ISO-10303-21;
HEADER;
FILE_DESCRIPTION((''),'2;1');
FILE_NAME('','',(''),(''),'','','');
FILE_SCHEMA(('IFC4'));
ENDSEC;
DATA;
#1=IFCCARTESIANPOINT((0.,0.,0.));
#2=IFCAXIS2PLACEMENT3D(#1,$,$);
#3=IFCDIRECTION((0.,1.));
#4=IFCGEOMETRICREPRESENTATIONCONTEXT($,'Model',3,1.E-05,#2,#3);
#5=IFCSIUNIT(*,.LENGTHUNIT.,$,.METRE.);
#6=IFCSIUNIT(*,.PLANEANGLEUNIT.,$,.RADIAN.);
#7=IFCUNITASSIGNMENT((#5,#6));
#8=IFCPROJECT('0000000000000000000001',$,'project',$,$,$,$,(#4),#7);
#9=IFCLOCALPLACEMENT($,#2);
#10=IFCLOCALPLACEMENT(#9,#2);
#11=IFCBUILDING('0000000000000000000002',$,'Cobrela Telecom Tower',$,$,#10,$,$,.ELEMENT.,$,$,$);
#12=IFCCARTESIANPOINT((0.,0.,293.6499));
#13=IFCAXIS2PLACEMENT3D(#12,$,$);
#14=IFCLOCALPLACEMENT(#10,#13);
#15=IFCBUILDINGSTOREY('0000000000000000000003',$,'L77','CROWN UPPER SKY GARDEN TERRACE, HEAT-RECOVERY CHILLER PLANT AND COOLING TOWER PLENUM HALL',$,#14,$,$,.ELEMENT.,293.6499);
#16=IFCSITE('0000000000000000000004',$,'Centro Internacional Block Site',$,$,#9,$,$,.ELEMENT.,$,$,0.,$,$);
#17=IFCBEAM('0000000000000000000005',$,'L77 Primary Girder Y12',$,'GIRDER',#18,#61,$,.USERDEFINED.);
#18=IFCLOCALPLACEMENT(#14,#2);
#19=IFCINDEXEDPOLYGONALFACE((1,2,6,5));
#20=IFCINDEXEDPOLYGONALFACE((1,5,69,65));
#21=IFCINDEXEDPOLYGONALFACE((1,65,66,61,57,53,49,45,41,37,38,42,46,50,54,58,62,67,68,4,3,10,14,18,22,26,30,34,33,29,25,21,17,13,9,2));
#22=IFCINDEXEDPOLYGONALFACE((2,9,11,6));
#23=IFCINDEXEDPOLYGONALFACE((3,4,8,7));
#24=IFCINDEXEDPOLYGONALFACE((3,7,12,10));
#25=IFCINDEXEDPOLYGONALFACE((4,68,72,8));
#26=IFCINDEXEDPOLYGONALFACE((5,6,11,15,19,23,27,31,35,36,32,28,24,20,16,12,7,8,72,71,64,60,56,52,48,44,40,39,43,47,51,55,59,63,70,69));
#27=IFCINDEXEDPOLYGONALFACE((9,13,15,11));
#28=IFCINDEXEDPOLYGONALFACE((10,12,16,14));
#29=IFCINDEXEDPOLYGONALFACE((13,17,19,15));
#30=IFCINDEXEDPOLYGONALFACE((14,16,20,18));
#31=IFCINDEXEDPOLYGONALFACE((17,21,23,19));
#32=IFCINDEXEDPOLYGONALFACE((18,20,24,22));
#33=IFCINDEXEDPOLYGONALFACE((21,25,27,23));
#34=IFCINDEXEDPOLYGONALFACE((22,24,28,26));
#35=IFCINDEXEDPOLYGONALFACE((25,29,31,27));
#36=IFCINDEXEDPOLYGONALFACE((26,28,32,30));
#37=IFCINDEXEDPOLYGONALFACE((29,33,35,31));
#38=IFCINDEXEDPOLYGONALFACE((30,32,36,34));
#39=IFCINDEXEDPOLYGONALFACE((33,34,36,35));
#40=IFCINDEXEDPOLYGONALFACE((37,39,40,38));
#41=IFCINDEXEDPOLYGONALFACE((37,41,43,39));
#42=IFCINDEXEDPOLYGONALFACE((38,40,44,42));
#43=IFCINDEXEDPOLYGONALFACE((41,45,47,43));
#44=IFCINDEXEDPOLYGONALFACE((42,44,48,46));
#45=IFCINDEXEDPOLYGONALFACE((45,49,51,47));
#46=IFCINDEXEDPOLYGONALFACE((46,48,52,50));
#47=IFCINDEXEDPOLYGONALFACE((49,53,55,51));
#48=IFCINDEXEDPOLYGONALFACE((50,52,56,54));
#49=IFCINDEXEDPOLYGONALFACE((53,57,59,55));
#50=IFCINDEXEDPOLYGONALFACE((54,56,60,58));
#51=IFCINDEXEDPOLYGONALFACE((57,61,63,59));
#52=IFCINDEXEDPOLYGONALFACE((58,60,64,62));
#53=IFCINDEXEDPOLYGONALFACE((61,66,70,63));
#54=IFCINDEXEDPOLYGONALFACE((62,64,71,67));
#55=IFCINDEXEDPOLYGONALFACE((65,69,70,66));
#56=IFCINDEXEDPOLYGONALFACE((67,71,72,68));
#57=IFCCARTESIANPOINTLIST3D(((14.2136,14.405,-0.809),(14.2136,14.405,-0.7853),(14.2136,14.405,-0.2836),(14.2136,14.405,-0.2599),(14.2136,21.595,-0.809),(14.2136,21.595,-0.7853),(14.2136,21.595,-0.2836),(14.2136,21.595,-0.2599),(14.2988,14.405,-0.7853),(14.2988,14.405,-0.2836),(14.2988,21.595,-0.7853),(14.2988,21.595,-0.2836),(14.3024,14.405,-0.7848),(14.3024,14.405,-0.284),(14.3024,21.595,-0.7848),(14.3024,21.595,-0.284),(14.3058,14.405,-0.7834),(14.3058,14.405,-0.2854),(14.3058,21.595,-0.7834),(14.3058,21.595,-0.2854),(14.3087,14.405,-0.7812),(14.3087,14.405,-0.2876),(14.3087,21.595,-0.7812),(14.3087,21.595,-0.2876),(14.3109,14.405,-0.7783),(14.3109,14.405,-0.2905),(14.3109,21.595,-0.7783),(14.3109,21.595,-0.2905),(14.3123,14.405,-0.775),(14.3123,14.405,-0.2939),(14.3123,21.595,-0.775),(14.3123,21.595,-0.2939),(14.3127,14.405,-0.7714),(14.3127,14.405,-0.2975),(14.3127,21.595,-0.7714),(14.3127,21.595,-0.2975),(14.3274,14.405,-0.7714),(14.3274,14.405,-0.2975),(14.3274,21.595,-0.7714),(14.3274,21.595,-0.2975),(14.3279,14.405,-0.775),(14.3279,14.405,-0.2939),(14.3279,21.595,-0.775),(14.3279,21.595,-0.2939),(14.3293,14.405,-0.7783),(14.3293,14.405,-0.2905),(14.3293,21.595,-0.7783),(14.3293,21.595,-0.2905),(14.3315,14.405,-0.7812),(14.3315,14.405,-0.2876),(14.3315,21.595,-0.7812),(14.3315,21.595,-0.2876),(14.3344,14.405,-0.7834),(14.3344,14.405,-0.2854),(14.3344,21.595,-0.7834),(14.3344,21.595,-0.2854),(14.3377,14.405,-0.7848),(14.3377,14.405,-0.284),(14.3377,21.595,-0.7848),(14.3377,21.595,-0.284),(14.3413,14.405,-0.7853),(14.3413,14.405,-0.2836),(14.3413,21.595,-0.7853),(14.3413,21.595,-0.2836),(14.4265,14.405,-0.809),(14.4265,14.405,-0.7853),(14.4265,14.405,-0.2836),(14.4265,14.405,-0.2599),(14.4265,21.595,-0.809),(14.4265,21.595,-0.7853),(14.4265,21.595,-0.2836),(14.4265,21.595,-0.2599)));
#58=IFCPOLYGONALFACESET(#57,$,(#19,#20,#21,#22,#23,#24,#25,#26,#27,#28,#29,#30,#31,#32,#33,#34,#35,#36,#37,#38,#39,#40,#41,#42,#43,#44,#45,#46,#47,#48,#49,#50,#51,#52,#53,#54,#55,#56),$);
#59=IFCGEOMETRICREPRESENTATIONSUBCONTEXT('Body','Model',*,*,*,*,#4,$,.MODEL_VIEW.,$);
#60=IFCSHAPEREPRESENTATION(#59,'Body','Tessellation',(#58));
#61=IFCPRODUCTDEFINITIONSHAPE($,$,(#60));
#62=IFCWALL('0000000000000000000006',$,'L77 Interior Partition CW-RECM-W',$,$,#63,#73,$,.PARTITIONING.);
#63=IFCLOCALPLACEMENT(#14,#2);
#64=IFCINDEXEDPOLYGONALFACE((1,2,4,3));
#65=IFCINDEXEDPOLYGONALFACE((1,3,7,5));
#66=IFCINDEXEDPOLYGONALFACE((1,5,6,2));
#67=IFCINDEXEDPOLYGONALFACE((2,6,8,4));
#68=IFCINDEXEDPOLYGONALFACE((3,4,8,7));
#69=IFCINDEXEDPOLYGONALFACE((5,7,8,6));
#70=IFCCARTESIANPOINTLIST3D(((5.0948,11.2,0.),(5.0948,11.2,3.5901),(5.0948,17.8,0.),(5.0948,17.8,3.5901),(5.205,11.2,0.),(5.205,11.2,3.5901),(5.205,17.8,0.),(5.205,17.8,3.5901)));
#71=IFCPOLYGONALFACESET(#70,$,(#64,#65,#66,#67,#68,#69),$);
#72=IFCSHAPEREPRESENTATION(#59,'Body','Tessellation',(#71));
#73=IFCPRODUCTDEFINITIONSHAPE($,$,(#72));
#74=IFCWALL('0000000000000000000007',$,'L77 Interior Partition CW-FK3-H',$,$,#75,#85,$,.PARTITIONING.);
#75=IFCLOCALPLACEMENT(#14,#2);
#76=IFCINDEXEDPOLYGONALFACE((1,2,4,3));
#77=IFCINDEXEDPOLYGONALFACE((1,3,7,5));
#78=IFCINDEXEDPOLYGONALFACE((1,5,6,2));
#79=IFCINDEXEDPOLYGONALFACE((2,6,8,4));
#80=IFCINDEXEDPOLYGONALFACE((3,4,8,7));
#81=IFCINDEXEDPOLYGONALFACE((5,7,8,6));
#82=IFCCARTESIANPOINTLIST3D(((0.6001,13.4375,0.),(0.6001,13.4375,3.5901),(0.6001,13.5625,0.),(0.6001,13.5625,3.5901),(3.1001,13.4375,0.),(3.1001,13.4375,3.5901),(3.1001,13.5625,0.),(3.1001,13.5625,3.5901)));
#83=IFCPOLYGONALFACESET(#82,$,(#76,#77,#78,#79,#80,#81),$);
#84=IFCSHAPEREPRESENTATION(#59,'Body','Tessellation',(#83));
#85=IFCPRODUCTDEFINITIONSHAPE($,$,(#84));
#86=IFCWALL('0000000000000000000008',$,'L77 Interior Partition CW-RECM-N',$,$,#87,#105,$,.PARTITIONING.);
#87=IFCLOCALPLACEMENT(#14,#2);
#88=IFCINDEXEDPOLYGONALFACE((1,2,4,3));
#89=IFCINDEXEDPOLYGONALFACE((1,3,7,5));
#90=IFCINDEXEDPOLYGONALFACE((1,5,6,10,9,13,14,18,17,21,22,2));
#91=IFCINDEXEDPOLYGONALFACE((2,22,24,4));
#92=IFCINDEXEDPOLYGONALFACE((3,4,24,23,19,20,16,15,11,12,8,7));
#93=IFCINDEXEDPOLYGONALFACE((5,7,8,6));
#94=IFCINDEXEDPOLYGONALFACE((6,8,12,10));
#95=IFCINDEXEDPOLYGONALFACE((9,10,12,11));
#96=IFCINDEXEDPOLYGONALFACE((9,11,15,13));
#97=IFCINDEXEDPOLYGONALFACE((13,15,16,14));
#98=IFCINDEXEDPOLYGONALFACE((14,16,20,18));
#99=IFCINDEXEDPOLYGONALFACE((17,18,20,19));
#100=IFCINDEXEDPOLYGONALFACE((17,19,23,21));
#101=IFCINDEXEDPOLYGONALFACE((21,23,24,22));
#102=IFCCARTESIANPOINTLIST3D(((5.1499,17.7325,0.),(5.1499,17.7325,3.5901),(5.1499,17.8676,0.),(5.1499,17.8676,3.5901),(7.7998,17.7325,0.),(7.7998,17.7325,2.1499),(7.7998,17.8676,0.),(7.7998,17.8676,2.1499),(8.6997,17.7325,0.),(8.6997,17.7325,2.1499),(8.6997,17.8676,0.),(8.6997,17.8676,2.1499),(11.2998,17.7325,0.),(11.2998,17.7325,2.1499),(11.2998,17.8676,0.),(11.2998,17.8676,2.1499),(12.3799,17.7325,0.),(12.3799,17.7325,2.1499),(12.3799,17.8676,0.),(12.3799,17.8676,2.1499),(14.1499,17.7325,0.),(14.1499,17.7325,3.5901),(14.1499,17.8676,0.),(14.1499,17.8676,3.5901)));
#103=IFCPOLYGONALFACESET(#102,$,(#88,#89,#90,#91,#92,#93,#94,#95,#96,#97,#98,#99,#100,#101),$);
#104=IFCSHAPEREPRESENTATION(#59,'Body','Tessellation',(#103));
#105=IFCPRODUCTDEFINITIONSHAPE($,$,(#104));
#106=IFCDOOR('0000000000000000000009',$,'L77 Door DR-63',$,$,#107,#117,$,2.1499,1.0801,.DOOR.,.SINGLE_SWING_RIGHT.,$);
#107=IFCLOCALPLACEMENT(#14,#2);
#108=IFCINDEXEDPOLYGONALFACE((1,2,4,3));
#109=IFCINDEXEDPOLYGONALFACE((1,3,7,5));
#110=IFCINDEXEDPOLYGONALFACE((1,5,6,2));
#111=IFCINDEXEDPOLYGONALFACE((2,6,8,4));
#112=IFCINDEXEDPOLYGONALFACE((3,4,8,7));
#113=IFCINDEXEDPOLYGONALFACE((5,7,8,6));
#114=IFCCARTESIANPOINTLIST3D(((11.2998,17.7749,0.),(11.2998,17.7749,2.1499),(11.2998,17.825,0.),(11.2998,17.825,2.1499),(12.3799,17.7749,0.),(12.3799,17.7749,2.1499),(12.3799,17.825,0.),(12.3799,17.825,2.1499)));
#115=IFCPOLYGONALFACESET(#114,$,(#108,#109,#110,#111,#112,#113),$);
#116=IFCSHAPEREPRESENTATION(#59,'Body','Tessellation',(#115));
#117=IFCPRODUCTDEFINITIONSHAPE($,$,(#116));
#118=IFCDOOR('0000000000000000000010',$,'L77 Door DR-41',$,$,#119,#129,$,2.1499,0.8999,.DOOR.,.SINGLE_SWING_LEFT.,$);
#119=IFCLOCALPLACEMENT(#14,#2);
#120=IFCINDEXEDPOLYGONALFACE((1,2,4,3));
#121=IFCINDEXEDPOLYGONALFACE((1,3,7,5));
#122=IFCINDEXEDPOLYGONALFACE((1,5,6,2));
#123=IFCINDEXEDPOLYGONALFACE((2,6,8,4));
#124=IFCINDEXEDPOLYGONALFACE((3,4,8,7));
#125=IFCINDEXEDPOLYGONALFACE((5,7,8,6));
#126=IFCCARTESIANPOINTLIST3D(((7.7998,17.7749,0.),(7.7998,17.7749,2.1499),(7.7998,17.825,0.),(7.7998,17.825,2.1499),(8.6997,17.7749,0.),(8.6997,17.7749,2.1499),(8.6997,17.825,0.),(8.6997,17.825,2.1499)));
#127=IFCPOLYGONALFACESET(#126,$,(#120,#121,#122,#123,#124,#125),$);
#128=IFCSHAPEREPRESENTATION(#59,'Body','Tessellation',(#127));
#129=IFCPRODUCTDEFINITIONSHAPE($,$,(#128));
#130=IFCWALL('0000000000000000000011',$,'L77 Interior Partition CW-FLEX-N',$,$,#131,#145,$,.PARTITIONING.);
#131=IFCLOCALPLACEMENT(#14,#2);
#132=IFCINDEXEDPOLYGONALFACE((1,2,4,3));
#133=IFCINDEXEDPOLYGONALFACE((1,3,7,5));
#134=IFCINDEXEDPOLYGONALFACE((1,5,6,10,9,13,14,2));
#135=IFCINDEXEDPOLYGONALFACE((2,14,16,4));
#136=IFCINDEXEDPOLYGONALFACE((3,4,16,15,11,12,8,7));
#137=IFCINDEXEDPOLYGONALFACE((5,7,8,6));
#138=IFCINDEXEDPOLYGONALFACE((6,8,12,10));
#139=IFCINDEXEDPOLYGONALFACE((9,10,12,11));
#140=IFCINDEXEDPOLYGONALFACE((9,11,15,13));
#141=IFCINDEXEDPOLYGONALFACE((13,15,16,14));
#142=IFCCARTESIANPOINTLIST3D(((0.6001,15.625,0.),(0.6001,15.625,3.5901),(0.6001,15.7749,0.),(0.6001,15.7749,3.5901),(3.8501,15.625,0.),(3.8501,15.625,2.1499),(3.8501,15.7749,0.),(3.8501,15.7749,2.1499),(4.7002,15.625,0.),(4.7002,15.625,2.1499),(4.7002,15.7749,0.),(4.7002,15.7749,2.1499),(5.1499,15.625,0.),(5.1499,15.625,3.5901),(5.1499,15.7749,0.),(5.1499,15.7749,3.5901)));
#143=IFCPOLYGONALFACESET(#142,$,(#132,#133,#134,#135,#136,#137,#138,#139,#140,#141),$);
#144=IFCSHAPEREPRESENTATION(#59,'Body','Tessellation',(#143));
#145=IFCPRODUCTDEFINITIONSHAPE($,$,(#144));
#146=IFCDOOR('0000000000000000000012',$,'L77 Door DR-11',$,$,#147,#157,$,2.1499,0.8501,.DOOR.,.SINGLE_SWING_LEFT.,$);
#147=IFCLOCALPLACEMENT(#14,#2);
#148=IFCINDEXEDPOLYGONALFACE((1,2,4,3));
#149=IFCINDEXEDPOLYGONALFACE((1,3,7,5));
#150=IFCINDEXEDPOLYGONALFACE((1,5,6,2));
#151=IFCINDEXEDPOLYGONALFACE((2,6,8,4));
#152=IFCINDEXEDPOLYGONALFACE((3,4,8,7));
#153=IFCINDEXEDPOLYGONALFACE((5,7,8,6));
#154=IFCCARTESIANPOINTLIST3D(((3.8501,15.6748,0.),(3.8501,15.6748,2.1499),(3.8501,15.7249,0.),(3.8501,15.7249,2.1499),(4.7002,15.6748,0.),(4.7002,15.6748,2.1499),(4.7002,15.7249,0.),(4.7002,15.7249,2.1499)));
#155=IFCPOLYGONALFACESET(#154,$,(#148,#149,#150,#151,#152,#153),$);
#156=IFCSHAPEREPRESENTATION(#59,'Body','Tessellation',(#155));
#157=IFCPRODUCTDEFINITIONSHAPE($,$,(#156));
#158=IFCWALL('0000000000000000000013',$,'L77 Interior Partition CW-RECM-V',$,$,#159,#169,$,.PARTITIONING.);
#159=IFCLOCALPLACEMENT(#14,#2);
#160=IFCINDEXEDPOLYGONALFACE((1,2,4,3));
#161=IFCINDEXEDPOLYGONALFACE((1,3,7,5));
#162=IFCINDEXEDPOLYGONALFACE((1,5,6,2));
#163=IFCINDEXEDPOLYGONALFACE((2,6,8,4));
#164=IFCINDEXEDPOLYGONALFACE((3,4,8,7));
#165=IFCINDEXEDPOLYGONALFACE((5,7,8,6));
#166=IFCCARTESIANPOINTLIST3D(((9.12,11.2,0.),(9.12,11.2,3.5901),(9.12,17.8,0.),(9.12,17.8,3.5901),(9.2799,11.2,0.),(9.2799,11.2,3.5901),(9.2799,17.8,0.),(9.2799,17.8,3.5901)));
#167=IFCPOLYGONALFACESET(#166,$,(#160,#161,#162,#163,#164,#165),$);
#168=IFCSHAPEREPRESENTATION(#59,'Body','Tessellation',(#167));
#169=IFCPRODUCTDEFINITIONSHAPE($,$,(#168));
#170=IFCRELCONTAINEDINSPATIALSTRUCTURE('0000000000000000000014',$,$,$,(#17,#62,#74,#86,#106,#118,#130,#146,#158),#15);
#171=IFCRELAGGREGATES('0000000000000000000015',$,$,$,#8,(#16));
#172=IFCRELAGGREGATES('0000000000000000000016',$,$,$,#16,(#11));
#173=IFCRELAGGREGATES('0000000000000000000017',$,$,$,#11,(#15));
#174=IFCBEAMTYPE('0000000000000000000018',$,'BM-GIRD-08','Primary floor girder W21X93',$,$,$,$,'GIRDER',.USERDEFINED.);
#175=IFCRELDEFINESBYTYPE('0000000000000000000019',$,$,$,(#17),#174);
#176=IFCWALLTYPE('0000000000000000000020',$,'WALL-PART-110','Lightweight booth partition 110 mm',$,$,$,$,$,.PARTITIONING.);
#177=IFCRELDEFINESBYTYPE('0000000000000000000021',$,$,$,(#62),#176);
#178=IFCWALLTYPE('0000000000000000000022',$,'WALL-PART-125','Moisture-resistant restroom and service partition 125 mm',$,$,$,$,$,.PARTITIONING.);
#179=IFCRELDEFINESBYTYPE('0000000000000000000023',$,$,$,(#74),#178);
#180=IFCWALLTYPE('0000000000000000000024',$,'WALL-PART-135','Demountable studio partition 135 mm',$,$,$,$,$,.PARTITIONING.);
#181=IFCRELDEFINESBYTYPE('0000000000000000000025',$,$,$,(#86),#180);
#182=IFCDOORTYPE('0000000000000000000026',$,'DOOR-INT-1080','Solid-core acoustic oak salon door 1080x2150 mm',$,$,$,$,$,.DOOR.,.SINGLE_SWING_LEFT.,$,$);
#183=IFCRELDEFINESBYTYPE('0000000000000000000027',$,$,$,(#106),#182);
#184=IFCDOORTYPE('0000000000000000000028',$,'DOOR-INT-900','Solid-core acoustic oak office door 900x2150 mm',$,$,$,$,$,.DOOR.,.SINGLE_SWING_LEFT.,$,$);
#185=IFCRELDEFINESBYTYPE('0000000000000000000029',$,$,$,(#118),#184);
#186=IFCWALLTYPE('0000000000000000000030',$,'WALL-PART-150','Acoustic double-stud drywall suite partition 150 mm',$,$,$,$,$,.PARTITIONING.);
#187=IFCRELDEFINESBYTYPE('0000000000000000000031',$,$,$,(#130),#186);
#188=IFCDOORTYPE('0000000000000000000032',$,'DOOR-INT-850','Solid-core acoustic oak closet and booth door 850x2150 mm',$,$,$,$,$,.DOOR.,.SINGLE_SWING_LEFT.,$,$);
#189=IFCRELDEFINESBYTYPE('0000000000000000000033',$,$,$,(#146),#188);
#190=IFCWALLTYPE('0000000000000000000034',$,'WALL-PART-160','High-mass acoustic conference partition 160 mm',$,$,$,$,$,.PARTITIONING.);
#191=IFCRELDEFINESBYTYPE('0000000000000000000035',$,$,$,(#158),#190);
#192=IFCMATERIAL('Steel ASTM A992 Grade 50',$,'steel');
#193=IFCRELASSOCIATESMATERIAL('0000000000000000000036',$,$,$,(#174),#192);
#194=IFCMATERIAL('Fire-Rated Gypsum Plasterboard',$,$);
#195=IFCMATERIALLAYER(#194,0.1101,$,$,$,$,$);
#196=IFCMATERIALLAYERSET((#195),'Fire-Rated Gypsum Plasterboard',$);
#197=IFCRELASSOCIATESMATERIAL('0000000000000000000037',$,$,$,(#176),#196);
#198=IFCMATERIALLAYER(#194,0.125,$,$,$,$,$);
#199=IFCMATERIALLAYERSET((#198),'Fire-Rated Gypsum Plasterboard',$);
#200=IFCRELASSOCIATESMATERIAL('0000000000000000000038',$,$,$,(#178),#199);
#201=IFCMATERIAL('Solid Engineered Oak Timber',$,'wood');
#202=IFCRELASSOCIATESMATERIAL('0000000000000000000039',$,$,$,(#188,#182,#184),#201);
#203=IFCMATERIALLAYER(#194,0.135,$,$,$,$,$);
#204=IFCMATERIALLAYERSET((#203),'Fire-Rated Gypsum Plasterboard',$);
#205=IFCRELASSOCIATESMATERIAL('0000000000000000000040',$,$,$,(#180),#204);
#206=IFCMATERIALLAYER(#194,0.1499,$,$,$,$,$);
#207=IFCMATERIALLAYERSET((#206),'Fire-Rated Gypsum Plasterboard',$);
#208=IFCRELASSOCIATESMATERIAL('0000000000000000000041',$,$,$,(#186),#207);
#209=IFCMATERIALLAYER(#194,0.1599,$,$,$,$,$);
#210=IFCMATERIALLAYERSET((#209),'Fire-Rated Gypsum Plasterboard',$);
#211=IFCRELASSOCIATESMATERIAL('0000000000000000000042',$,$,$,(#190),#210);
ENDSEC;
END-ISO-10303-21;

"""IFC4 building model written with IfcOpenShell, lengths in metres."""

from ifc_helpers import new_model, si_unit, direction, frame, frame_2d, origin, origin_2d, place, context, subcontext, project, spatial, rectangle, i_section, extrude, material, layer, layer_set, material_profile, profile_set, type_object, element, fill, save


model = new_model("IFC4")

# Units and contexts
model_context = context("Model", 3, precision=1e-05, world=origin(), true_north=direction((0.0, 1.0)))
body_context = subcontext(model_context, "Body", "Model", "MODEL_VIEW")
ifc_project = project(units=[si_unit("LENGTHUNIT", "METRE"), si_unit("PLANEANGLEUNIT", "RADIAN")], contexts=[model_context])

# Site, building, storey
site_placement = place(None, origin())
site = spatial("IfcSite", under=ifc_project, at=site_placement, Name="Centro Internacional Block Site", CompositionType="ELEMENT", RefElevation=0.0)
building_placement = place(site_placement, origin())
building = spatial("IfcBuilding", under=site, at=building_placement, Name="Cobrela Telecom Tower", CompositionType="ELEMENT")
storey_placement = place(building_placement, frame((0.0, 0.0, 293.6499)))
storey = spatial("IfcBuildingStorey", under=building, at=storey_placement, Name="L77", Description="CROWN UPPER SKY GARDEN TERRACE, HEAT-RECOVERY CHILLER PLANT AND COOLING TOWER PLENUM HALL", CompositionType="ELEMENT", Elevation=293.6499)

# Beam
ifc_material_1 = material(Name="Steel ASTM A992 Grade 50", Category="steel")
ifc_material_profile = material_profile(ifc_material_1, i_section(OverallWidth=0.2129, OverallDepth=0.5491, WebThickness=0.0146, FlangeThickness=0.0237, FilletRadius=0.0139, at=origin_2d()), Name="W21X93")
ifc_profile_set = profile_set([ifc_material_profile], Name="Steel ASTM A992 Grade 50")
beam_type = type_object("IfcBeamType", Name="BM-GIRD-08", Description="Primary floor girder W21X93", ElementType="GIRDER", PredefinedType="USERDEFINED", material=ifc_profile_set)
beam_placement = place(storey_placement, frame((14.3201, 14.405, -0.5344), z_axis=(0.0, 1.0, 0.0), x_axis=(-1.0, 0.0, 0.0)))
element("IfcBeam", 1, at=beam_placement, inside=storey, type_object=beam_type, Name="L77 Primary Girder Y12", ObjectType="GIRDER", PredefinedType="USERDEFINED", context=body_context, shape_type="SweptSolid", body=[
    extrude(i_section(OverallWidth=0.2129, OverallDepth=0.5491, WebThickness=0.0146, FlangeThickness=0.0237, FilletRadius=0.0139, at=origin_2d()), origin(), (0.0, 0.0, 1.0), 7.1899),
])

# Walls
ifc_material_2 = material(Name="Fire-Rated Gypsum Plasterboard")
ifc_layer_1 = layer(ifc_material_2, 0.1101)
ifc_layer_set_1 = layer_set([ifc_layer_1], Name="Fire-Rated Gypsum Plasterboard")
wall_type_1 = type_object("IfcWallType", Name="WALL-PART-110", Description="Lightweight booth partition 110 mm", PredefinedType="PARTITIONING", material=ifc_layer_set_1)
wall_1_placement = place(storey_placement, frame((5.1499, 11.2, 0.0), z_axis=(0.0, 0.0, 1.0), x_axis=(0.0, 1.0, 0.0)))
element("IfcWall", 2, at=wall_1_placement, inside=storey, type_object=wall_type_1, Name="L77 Interior Partition CW-RECM-W", PredefinedType="PARTITIONING", context=body_context, shape_type="SweptSolid", body=[
    extrude(rectangle(XDim=6.6001, YDim=0.1101, at=frame_2d((3.3, 0.0))), origin(), (0.0, 0.0, 1.0), 3.5901),
])
ifc_layer_2 = layer(ifc_material_2, 0.125)
ifc_layer_set_2 = layer_set([ifc_layer_2], Name="Fire-Rated Gypsum Plasterboard")
wall_type_2 = type_object("IfcWallType", Name="WALL-PART-125", Description="Moisture-resistant restroom and service partition 125 mm", PredefinedType="PARTITIONING", material=ifc_layer_set_2)
wall_2_placement = place(storey_placement, frame((0.6001, 13.5, 0.0), z_axis=(0.0, 0.0, 1.0), x_axis=(1.0, 0.0, 0.0)))
element("IfcWall", 3, at=wall_2_placement, inside=storey, type_object=wall_type_2, Name="L77 Interior Partition CW-FK3-H", PredefinedType="PARTITIONING", context=body_context, shape_type="SweptSolid", body=[
    extrude(rectangle(XDim=2.5, YDim=0.125, at=frame_2d((1.25, 0.0))), origin(), (0.0, 0.0, 1.0), 3.5901),
])

# Wall, openings, doors
ifc_material_3 = material(Name="Solid Engineered Oak Timber", Category="wood")
door_type_1 = type_object("IfcDoorType", Name="DOOR-INT-850", Description="Solid-core acoustic oak closet and booth door 850x2150 mm", OperationType="SINGLE_SWING_LEFT", PredefinedType="DOOR", material=ifc_material_3)
ifc_layer_3 = layer(ifc_material_2, 0.135)
ifc_layer_set_3 = layer_set([ifc_layer_3], Name="Fire-Rated Gypsum Plasterboard")
wall_type_3 = type_object("IfcWallType", Name="WALL-PART-135", Description="Demountable studio partition 135 mm", PredefinedType="PARTITIONING", material=ifc_layer_set_3)
wall_3_placement = place(storey_placement, frame((5.1499, 17.8, 0.0), z_axis=(0.0, 0.0, 1.0), x_axis=(1.0, 0.0, 0.0)))
wall_3 = element("IfcWall", 4, at=wall_3_placement, inside=storey, type_object=wall_type_3, Name="L77 Interior Partition CW-RECM-N", PredefinedType="PARTITIONING", context=body_context, shape_type="SweptSolid", body=[
    extrude(rectangle(XDim=9.0, YDim=0.135, at=frame_2d((4.5, 0.0))), origin(), (0.0, 0.0, 1.0), 3.5901),
])
opening_1_placement = place(wall_3_placement, frame((2.6499, 0.0, 0.0)))
opening_1 = element("IfcOpeningElement", 5, at=opening_1_placement, cuts=wall_3, PredefinedType="OPENING", context=body_context, shape_type="SweptSolid", body=[
    extrude(rectangle(XDim=0.8999, YDim=2.1499, at=frame_2d((0.45, 1.075))), frame((0.0, 0.0796, 0.0), z_axis=(0.0, -1.0, 0.0), x_axis=(1.0, 0.0, 0.0)), (0.0, 0.0, 1.0), 0.1589),
])
opening_2_placement = place(wall_3_placement, frame((6.1499, 0.0, 0.0)))
opening_2 = element("IfcOpeningElement", 6, at=opening_2_placement, cuts=wall_3, PredefinedType="OPENING", context=body_context, shape_type="SweptSolid", body=[
    extrude(rectangle(XDim=1.0801, YDim=2.1499, at=frame_2d((0.54, 1.075))), frame((0.0, 0.0796, 0.0), z_axis=(0.0, -1.0, 0.0), x_axis=(1.0, 0.0, 0.0)), (0.0, 0.0, 1.0), 0.1589),
])
door_type_2 = type_object("IfcDoorType", Name="DOOR-INT-1080", Description="Solid-core acoustic oak salon door 1080x2150 mm", OperationType="SINGLE_SWING_LEFT", PredefinedType="DOOR", material=ifc_material_3)
door_1_placement = place(opening_2_placement, origin())
door_1 = element("IfcDoor", 7, at=door_1_placement, inside=storey, type_object=door_type_2, Name="L77 Door DR-63", OperationType="SINGLE_SWING_RIGHT", OverallHeight=2.1499, OverallWidth=1.0801, PredefinedType="DOOR", context=body_context, shape_type="SweptSolid", body=[
    extrude(rectangle(XDim=1.0801, YDim=2.1499, at=frame_2d((0.54, 1.075))), frame((0.0, 0.0249, 0.0), z_axis=(0.0, -1.0, 0.0), x_axis=(1.0, 0.0, 0.0)), (0.0, 0.0, 1.0), 0.05),
])
fill(opening_2, door_1)
door_type_3 = type_object("IfcDoorType", Name="DOOR-INT-900", Description="Solid-core acoustic oak office door 900x2150 mm", OperationType="SINGLE_SWING_LEFT", PredefinedType="DOOR", material=ifc_material_3)
door_2_placement = place(opening_1_placement, origin())
door_2 = element("IfcDoor", 8, at=door_2_placement, inside=storey, type_object=door_type_3, Name="L77 Door DR-41", OperationType="SINGLE_SWING_LEFT", OverallHeight=2.1499, OverallWidth=0.8999, PredefinedType="DOOR", context=body_context, shape_type="SweptSolid", body=[
    extrude(rectangle(XDim=0.8999, YDim=2.1499, at=frame_2d((0.45, 1.075))), frame((0.0, 0.0249, 0.0), z_axis=(0.0, -1.0, 0.0), x_axis=(1.0, 0.0, 0.0)), (0.0, 0.0, 1.0), 0.05),
])
fill(opening_1, door_2)

# Wall, opening, door
ifc_layer_4 = layer(ifc_material_2, 0.1499)
ifc_layer_set_4 = layer_set([ifc_layer_4], Name="Fire-Rated Gypsum Plasterboard")
wall_type_4 = type_object("IfcWallType", Name="WALL-PART-150", Description="Acoustic double-stud drywall suite partition 150 mm", PredefinedType="PARTITIONING", material=ifc_layer_set_4)
wall_4_placement = place(storey_placement, frame((0.6001, 15.7, 0.0), z_axis=(0.0, 0.0, 1.0), x_axis=(1.0, 0.0, 0.0)))
wall_4 = element("IfcWall", 9, at=wall_4_placement, inside=storey, type_object=wall_type_4, Name="L77 Interior Partition CW-FLEX-N", PredefinedType="PARTITIONING", context=body_context, shape_type="SweptSolid", body=[
    extrude(rectangle(XDim=4.5498, YDim=0.1499, at=frame_2d((2.2749, 0.0))), origin(), (0.0, 0.0, 1.0), 3.5901),
])
opening_3_placement = place(wall_4_placement, frame((3.25, 0.0, 0.0)))
opening_3 = element("IfcOpeningElement", 10, at=opening_3_placement, cuts=wall_4, PredefinedType="OPENING", context=body_context, shape_type="SweptSolid", body=[
    extrude(rectangle(XDim=0.8501, YDim=2.1499, at=frame_2d((0.425, 1.075))), frame((0.0, 0.0869, 0.0), z_axis=(0.0, -1.0, 0.0), x_axis=(1.0, 0.0, 0.0)), (0.0, 0.0, 1.0), 0.1738),
])
door_3_placement = place(opening_3_placement, origin())
door_3 = element("IfcDoor", 11, at=door_3_placement, inside=storey, type_object=door_type_1, Name="L77 Door DR-11", OperationType="SINGLE_SWING_LEFT", OverallHeight=2.1499, OverallWidth=0.8501, PredefinedType="DOOR", context=body_context, shape_type="SweptSolid", body=[
    extrude(rectangle(XDim=0.8501, YDim=2.1499, at=frame_2d((0.425, 1.075))), frame((0.0, 0.0249, 0.0), z_axis=(0.0, -1.0, 0.0), x_axis=(1.0, 0.0, 0.0)), (0.0, 0.0, 1.0), 0.05),
])
fill(opening_3, door_3)

# Wall
ifc_layer_5 = layer(ifc_material_2, 0.1599)
ifc_layer_set_5 = layer_set([ifc_layer_5], Name="Fire-Rated Gypsum Plasterboard")
wall_type_5 = type_object("IfcWallType", Name="WALL-PART-160", Description="High-mass acoustic conference partition 160 mm", PredefinedType="PARTITIONING", material=ifc_layer_set_5)
wall_5_placement = place(storey_placement, frame((9.2, 11.2, 0.0), z_axis=(0.0, 0.0, 1.0), x_axis=(0.0, 1.0, 0.0)))
element("IfcWall", 12, at=wall_5_placement, inside=storey, type_object=wall_type_5, Name="L77 Interior Partition CW-RECM-V", PredefinedType="PARTITIONING", context=body_context, shape_type="SweptSolid", body=[
    extrude(rectangle(XDim=6.6001, YDim=0.1599, at=frame_2d((3.3, 0.0))), origin(), (0.0, 0.0, 1.0), 3.5901),
])

save(model, "model.ifc")
